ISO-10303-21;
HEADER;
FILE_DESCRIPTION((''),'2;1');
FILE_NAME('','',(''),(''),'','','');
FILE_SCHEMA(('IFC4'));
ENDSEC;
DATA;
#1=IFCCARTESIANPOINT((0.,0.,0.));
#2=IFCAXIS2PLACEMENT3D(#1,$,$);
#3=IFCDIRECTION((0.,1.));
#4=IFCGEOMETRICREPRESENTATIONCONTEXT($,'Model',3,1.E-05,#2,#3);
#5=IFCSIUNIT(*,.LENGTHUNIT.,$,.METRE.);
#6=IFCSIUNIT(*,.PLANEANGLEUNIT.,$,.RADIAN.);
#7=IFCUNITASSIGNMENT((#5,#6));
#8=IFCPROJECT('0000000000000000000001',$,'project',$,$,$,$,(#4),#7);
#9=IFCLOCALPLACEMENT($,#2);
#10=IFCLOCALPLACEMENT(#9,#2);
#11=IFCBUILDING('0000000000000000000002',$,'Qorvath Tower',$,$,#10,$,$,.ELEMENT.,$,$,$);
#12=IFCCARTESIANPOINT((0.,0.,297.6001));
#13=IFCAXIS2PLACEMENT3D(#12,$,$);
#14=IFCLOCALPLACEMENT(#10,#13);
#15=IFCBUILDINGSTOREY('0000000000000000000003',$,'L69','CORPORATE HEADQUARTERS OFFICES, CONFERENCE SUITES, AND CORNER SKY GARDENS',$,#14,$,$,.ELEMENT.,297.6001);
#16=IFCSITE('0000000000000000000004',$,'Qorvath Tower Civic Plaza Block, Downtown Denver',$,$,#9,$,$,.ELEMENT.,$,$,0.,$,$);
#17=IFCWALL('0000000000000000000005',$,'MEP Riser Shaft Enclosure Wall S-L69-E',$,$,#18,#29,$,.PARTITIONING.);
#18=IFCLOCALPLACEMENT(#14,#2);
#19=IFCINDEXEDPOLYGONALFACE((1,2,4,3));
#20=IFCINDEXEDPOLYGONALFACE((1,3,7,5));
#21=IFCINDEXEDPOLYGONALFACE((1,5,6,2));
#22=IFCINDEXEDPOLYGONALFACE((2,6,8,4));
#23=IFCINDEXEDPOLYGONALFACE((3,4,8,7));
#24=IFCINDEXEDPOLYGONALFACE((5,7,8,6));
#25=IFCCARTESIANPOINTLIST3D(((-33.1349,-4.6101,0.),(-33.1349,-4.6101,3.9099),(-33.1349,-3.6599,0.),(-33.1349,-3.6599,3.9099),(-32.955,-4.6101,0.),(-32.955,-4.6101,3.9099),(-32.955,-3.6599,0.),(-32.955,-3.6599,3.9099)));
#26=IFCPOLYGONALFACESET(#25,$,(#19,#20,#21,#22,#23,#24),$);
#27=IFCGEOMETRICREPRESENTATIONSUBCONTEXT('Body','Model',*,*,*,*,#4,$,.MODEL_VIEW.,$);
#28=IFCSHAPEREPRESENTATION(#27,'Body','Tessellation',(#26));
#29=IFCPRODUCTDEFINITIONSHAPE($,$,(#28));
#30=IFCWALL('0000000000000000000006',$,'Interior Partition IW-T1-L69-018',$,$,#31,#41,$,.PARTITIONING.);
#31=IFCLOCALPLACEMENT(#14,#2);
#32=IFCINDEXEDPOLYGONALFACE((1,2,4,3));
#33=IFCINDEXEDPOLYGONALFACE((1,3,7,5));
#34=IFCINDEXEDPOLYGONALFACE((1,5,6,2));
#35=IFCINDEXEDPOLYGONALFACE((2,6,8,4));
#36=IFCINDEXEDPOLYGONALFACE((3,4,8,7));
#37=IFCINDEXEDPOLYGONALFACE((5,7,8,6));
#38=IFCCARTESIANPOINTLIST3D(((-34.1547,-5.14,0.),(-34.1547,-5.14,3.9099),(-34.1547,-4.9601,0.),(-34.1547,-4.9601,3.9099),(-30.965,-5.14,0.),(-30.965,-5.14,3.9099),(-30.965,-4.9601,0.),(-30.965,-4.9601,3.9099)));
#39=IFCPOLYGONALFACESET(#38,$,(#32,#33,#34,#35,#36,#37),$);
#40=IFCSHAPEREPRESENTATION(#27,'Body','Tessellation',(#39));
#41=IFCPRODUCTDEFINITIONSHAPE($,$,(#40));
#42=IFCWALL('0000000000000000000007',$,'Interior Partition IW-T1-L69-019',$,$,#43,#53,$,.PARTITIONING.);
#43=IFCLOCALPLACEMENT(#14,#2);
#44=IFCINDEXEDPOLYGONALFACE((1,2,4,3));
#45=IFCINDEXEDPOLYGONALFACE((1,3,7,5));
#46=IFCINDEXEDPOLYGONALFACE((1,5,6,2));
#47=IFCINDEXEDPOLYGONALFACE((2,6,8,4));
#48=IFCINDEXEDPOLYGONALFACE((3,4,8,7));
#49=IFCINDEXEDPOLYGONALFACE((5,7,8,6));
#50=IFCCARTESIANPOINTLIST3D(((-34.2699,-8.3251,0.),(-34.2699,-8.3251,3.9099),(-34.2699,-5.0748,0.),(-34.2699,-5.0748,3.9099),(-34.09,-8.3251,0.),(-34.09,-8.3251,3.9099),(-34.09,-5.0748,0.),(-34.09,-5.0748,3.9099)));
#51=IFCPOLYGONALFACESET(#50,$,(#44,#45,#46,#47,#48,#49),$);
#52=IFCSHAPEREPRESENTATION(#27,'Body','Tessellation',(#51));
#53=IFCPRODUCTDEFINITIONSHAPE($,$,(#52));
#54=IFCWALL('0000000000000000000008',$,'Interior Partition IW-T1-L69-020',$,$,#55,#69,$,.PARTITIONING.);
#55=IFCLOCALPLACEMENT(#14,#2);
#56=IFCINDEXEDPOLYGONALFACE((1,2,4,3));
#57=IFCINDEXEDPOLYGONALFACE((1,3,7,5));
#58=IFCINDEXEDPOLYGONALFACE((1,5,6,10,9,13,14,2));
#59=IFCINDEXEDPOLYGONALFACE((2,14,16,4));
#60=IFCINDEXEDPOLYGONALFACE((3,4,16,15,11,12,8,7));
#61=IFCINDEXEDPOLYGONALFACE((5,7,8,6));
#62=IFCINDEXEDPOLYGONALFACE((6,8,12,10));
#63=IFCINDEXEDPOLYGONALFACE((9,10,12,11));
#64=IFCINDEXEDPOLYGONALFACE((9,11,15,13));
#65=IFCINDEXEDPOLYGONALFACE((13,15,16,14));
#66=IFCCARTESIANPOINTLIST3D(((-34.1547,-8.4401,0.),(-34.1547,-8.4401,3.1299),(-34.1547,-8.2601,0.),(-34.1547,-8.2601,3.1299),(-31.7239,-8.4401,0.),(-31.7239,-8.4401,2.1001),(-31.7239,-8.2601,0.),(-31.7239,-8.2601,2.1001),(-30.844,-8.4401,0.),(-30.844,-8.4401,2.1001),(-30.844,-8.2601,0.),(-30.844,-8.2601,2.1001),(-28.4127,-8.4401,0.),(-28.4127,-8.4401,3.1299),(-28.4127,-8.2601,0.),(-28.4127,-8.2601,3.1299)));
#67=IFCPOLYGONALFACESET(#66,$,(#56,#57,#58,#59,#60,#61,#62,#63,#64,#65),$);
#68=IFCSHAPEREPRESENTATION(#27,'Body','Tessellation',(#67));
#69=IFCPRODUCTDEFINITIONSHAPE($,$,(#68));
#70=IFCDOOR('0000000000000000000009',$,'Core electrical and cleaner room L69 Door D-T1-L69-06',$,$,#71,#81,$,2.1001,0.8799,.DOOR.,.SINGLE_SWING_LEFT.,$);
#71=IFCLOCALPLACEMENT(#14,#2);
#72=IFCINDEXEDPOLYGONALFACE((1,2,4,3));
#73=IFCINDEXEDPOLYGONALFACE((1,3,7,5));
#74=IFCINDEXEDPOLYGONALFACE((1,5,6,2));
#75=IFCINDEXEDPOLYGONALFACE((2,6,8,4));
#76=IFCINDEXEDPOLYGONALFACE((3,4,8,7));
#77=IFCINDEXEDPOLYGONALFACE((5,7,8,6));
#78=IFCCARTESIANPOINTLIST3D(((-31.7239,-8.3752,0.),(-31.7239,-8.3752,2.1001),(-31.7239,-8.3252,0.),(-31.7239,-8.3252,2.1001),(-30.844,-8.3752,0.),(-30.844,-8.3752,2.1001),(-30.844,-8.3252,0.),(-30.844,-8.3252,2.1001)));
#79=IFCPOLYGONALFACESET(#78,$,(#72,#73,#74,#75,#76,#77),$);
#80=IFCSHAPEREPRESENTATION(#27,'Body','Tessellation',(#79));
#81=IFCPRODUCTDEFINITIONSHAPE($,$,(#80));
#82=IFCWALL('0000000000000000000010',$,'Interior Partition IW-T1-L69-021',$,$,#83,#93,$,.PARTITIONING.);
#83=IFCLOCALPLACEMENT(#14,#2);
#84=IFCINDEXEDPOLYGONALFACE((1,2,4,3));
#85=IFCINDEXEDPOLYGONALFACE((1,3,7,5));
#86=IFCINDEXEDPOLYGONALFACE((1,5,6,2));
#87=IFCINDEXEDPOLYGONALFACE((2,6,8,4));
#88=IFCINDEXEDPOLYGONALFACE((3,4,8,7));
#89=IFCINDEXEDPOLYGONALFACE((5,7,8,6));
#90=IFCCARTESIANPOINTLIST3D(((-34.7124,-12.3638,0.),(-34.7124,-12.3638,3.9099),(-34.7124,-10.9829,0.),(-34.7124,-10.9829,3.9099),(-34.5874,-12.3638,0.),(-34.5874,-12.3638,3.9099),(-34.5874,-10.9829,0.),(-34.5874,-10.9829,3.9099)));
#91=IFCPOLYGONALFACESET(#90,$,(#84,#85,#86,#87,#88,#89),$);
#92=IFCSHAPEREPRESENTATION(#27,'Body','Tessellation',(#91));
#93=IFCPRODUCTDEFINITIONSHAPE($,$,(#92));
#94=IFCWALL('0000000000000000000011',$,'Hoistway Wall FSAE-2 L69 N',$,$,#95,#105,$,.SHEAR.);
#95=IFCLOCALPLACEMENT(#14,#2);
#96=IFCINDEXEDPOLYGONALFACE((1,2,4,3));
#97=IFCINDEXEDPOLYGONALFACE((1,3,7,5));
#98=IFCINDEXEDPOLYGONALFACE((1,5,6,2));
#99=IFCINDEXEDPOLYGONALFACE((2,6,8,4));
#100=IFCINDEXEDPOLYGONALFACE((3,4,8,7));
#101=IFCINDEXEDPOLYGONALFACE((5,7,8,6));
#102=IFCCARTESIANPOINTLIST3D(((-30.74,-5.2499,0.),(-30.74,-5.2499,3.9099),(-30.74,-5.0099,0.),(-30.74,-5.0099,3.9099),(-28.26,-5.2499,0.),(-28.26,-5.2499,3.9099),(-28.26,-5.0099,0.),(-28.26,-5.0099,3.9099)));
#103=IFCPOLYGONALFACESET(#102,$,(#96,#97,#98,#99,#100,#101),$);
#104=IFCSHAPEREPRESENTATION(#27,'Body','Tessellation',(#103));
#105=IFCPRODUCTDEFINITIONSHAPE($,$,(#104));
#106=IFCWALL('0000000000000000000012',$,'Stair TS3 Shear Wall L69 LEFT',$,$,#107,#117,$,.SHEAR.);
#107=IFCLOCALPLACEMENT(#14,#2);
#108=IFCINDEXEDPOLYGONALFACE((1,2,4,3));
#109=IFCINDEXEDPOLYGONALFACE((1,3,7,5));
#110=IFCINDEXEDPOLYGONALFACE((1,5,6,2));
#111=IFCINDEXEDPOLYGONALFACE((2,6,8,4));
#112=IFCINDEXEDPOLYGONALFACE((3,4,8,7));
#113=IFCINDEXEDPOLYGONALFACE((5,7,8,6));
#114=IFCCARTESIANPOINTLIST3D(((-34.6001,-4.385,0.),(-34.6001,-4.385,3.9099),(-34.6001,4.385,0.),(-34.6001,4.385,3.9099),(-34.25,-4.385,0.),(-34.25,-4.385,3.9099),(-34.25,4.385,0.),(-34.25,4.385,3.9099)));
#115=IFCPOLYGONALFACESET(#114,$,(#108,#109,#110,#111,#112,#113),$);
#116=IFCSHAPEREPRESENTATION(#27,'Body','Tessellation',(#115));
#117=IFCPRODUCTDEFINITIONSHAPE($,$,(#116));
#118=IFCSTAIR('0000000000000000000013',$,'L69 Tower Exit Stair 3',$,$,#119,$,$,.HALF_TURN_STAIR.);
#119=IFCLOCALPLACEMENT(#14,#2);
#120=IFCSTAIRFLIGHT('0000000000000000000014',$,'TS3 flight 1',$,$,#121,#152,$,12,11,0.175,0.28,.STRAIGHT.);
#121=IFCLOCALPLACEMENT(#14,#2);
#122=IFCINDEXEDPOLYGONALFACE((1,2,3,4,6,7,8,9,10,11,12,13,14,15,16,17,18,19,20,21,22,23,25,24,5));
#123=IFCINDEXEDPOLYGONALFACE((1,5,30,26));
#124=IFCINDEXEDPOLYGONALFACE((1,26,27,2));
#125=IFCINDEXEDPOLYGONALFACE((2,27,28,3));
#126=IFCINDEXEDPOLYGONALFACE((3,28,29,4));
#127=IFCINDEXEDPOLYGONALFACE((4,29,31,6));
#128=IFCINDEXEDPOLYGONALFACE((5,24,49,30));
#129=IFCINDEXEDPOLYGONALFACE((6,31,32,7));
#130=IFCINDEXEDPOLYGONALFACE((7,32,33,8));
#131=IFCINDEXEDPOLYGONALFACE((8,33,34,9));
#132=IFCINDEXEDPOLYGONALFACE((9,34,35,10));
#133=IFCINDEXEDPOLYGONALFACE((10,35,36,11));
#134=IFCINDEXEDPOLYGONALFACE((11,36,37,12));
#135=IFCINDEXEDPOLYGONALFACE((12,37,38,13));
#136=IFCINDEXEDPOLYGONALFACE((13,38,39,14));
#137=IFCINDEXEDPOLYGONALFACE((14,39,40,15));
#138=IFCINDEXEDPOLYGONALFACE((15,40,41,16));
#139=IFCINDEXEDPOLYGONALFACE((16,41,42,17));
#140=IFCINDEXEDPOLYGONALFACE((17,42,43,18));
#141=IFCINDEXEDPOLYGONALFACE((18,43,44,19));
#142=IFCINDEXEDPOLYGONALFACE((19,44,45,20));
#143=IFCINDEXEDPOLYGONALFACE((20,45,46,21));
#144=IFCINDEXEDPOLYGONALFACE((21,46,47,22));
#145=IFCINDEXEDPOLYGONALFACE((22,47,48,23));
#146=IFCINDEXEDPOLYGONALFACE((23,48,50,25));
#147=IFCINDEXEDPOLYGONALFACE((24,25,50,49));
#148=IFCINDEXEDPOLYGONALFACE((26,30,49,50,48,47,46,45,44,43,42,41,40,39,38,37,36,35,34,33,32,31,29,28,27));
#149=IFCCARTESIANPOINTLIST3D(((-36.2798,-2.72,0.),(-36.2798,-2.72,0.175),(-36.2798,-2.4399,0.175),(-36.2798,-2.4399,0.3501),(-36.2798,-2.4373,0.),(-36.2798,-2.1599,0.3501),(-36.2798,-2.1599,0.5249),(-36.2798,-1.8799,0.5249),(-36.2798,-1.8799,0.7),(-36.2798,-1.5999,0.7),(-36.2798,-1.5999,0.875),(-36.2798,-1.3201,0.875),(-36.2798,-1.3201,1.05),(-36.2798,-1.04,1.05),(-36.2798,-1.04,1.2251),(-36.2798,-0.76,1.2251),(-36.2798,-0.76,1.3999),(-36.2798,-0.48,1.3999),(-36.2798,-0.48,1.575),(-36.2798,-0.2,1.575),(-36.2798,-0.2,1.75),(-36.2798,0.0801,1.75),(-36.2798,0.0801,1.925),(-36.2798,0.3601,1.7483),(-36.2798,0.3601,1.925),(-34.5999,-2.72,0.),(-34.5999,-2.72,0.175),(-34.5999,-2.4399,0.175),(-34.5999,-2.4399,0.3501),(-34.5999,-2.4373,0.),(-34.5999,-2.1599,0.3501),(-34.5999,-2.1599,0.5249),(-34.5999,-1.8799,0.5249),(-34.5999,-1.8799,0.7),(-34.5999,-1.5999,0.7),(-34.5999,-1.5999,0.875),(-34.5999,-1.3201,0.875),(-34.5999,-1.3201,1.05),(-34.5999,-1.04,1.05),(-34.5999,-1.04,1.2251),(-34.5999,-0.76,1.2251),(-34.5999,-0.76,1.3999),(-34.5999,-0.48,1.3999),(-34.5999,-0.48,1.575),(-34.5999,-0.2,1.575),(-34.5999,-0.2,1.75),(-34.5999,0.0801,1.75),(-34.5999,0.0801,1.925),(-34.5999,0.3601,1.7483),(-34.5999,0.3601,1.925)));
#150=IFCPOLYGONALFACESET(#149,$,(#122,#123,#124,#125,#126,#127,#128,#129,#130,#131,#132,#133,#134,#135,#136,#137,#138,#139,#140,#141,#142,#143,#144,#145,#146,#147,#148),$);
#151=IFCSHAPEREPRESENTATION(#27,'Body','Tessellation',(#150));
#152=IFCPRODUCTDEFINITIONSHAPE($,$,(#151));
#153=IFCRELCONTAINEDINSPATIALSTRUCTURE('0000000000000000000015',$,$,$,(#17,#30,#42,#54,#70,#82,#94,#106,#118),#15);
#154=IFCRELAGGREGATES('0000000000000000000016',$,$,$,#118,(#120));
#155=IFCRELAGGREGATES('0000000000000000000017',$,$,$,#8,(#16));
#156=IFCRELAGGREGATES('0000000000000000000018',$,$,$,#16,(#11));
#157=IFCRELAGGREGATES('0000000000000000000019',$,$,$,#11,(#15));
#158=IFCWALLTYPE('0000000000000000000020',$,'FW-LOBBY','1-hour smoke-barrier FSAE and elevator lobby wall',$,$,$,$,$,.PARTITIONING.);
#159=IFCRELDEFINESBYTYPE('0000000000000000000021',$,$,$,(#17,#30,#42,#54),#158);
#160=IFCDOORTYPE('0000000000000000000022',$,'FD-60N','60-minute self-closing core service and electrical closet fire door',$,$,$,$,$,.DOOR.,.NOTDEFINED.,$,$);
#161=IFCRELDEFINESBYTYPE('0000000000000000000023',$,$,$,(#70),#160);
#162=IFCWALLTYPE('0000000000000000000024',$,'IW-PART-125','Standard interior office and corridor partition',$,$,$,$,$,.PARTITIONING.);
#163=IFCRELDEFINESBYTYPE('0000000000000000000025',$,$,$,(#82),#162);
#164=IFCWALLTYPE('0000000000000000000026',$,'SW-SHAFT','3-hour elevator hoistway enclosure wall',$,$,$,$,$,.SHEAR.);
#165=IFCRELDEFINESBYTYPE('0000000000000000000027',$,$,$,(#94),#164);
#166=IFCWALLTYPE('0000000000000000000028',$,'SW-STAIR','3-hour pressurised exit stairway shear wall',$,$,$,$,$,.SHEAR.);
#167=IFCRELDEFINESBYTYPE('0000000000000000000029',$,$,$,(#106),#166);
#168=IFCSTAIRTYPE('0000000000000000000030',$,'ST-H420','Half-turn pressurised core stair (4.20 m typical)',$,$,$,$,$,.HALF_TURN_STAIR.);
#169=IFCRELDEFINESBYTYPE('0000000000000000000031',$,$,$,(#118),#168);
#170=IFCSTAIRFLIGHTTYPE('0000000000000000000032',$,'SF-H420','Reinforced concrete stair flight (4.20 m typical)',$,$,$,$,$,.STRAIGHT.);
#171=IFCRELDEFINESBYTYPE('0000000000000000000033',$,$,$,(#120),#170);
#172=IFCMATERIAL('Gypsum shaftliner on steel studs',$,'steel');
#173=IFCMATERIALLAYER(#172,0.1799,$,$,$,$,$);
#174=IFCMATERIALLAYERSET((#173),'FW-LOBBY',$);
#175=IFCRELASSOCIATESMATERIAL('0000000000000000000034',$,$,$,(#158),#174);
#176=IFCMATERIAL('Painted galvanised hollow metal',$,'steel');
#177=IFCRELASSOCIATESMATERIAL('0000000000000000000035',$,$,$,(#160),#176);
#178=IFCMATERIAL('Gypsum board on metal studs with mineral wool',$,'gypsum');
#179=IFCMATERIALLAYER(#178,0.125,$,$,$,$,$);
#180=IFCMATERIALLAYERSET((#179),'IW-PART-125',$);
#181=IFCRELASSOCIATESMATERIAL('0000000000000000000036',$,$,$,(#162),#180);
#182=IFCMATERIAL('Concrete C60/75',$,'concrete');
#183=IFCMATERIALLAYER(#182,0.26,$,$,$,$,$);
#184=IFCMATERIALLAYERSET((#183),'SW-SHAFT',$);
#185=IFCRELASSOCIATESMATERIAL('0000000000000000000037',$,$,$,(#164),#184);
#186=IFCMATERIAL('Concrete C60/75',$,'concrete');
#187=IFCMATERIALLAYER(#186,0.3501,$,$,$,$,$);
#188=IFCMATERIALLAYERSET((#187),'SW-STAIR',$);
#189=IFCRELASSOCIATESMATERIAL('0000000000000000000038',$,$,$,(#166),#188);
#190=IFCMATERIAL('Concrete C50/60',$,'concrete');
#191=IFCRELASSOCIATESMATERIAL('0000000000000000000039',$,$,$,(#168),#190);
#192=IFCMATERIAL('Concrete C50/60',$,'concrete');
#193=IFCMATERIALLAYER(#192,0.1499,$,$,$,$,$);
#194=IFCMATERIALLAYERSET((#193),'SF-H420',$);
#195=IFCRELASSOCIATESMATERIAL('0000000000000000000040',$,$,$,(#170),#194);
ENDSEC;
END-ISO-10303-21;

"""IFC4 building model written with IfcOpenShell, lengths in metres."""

from ifc_helpers import new_model, si_unit, direction, frame, frame_2d, origin, place, context, subcontext, project, spatial, polyline, rectangle, outline, extrude, material, layer, layer_set, type_object, element, fill, aggregate, save


model = new_model("IFC4")

# Units and contexts
model_context = context("Model", 3, precision=1e-05, world=origin(), true_north=direction((0.0, 1.0)))
body_context = subcontext(model_context, "Body", "Model", "MODEL_VIEW")
ifc_project = project(units=[si_unit("LENGTHUNIT", "METRE"), si_unit("PLANEANGLEUNIT", "RADIAN")], contexts=[model_context])

# Site, building, storey
site_placement = place(None, origin())
site = spatial("IfcSite", under=ifc_project, at=site_placement, Name="Qorvath Tower Civic Plaza Block, Downtown Denver", CompositionType="ELEMENT", RefElevation=0.0)
building_placement = place(site_placement, origin())
building = spatial("IfcBuilding", under=site, at=building_placement, Name="Qorvath Tower", CompositionType="ELEMENT")
storey_placement = place(building_placement, frame((0.0, 0.0, 297.6001)))
storey = spatial("IfcBuildingStorey", under=building, at=storey_placement, Name="L69", Description="CORPORATE HEADQUARTERS OFFICES, CONFERENCE SUITES, AND CORNER SKY GARDENS", CompositionType="ELEMENT", Elevation=297.6001)

# Walls
ifc_material_1 = material(Name="Gypsum shaftliner on steel studs", Category="steel")
ifc_layer_1 = layer(ifc_material_1, 0.1799)
ifc_layer_set_1 = layer_set([ifc_layer_1], Name="FW-LOBBY")
wall_type_1 = type_object("IfcWallType", Name="FW-LOBBY", Description="1-hour smoke-barrier FSAE and elevator lobby wall", PredefinedType="PARTITIONING", material=ifc_layer_set_1)
for number, where, z_axis, x_axis, name in (
    (1, (-33.0449, -3.6599, 0.0), (0.0, 0.0, 1.0), (0.0, -1.0, 0.0), "MEP Riser Shaft Enclosure Wall S-L69-E"),
):
    element("IfcWall", number, at=place(storey_placement, frame(where, z_axis=z_axis, x_axis=x_axis)), inside=storey, type_object=wall_type_1, Name=name, PredefinedType="PARTITIONING", context=body_context, shape_type="SweptSolid", body=[
        extrude(rectangle(XDim=0.9502, YDim=0.1799, at=frame_2d((0.4751, 0.0))), origin(), (0.0, 0.0, 1.0), 3.9099),
    ])
wall_1_placement = place(storey_placement, frame((-30.9651, -5.05, 0.0), z_axis=(0.0, 0.0, 1.0), x_axis=(-1.0, 0.0, 0.0)))
element("IfcWall", 2, at=wall_1_placement, inside=storey, type_object=wall_type_1, Name="Interior Partition IW-T1-L69-018", PredefinedType="PARTITIONING", context=body_context, shape_type="SweptSolid", body=[
    extrude(rectangle(XDim=3.1897, YDim=0.1799, at=frame_2d((1.5947, 0.0))), origin(), (0.0, 0.0, 1.0), 3.9099),
])
wall_2_placement = place(storey_placement, frame((-34.1799, -5.075, 0.0), z_axis=(0.0, 0.0, 1.0), x_axis=(0.0, -1.0, 0.0)))
element("IfcWall", 3, at=wall_2_placement, inside=storey, type_object=wall_type_1, Name="Interior Partition IW-T1-L69-019", PredefinedType="PARTITIONING", context=body_context, shape_type="SweptSolid", body=[
    extrude(rectangle(XDim=3.2502, YDim=0.1799, at=frame_2d((1.625, 0.0))), origin(), (0.0, 0.0, 1.0), 3.9099),
])

# Wall, opening, door
wall_3_placement = place(storey_placement, frame((-34.1548, -8.3501, 0.0), z_axis=(0.0, 0.0, 1.0), x_axis=(1.0, 0.0, 0.0)))
wall_3 = element("IfcWall", 4, at=wall_3_placement, inside=storey, type_object=wall_type_1, Name="Interior Partition IW-T1-L69-020", PredefinedType="PARTITIONING", context=body_context, shape_type="SweptSolid", body=[
    extrude(rectangle(XDim=5.7419, YDim=0.1799, at=frame_2d((2.8711, 0.0))), origin(), (0.0, 0.0, 1.0), 3.1299),
])
opening_placement = place(wall_3_placement, frame((2.4309, 0.0, 0.0)))
opening = element("IfcOpeningElement", 5, at=opening_placement, cuts=wall_3, PredefinedType="OPENING", context=body_context, shape_type="SweptSolid", body=[
    extrude(rectangle(XDim=0.8799, YDim=2.1001, at=frame_2d((0.4399, 1.05))), frame((0.0, 0.1001, 0.0), z_axis=(0.0, -1.0, 0.0), x_axis=(1.0, 0.0, 0.0)), (0.0, 0.0, 1.0), 0.2),
])
ifc_material_2 = material(Name="Painted galvanised hollow metal", Category="steel")
door_type = type_object("IfcDoorType", Name="FD-60N", Description="60-minute self-closing core service and electrical closet fire door", OperationType="NOTDEFINED", PredefinedType="DOOR", material=ifc_material_2)
door_placement = place(opening_placement, origin())
door = element("IfcDoor", 6, at=door_placement, inside=storey, type_object=door_type, Name="Core electrical and cleaner room L69 Door D-T1-L69-06", OperationType="SINGLE_SWING_LEFT", OverallHeight=2.1001, OverallWidth=0.8799, PredefinedType="DOOR", context=body_context, shape_type="SweptSolid", body=[
    extrude(rectangle(XDim=0.8799, YDim=2.1001, at=frame_2d((0.4399, 1.05))), frame((0.0, 0.0249, 0.0), z_axis=(0.0, -1.0, 0.0), x_axis=(1.0, 0.0, 0.0)), (0.0, 0.0, 1.0), 0.05),
])
fill(opening, door)

# Walls
ifc_material_3 = material(Name="Gypsum board on metal studs with mineral wool", Category="gypsum")
ifc_layer_2 = layer(ifc_material_3, 0.125)
ifc_layer_set_2 = layer_set([ifc_layer_2], Name="IW-PART-125")
wall_type_2 = type_object("IfcWallType", Name="IW-PART-125", Description="Standard interior office and corridor partition", PredefinedType="PARTITIONING", material=ifc_layer_set_2)
wall_4_placement = place(storey_placement, frame((-34.6499, -12.3638, 0.0), z_axis=(0.0, 0.0, 1.0), x_axis=(0.0, 1.0, 0.0)))
element("IfcWall", 7, at=wall_4_placement, inside=storey, type_object=wall_type_2, Name="Interior Partition IW-T1-L69-021", PredefinedType="PARTITIONING", context=body_context, shape_type="SweptSolid", body=[
    extrude(rectangle(XDim=1.3809, YDim=0.125, at=frame_2d((0.6904, 0.0))), origin(), (0.0, 0.0, 1.0), 3.9099),
])
ifc_material_4 = material(Name="Concrete C60/75", Category="concrete")
ifc_layer_3 = layer(ifc_material_4, 0.26)
ifc_layer_set_3 = layer_set([ifc_layer_3], Name="SW-SHAFT")
wall_type_3 = type_object("IfcWallType", Name="SW-SHAFT", Description="3-hour elevator hoistway enclosure wall", PredefinedType="SHEAR", material=ifc_layer_set_3)
wall_5_placement = place(storey_placement, frame((-30.74, -5.1299, 0.0), z_axis=(0.0, 0.0, 1.0), x_axis=(1.0, 0.0, 0.0)))
element("IfcWall", 8, at=wall_5_placement, inside=storey, type_object=wall_type_3, Name="Hoistway Wall FSAE-2 L69 N", PredefinedType="SHEAR", context=body_context, shape_type="SweptSolid", body=[
    extrude(rectangle(XDim=2.48, YDim=0.24, at=frame_2d((1.24, 0.0))), origin(), (0.0, 0.0, 1.0), 3.9099),
])
ifc_material_5 = material(Name="Concrete C60/75", Category="concrete")
ifc_layer_4 = layer(ifc_material_5, 0.3501)
ifc_layer_set_4 = layer_set([ifc_layer_4], Name="SW-STAIR")
wall_type_4 = type_object("IfcWallType", Name="SW-STAIR", Description="3-hour pressurised exit stairway shear wall", PredefinedType="SHEAR", material=ifc_layer_set_4)
wall_6_placement = place(storey_placement, frame((-34.425, -4.385, 0.0), z_axis=(0.0, 0.0, 1.0), x_axis=(0.0, 1.0, 0.0)))
element("IfcWall", 9, at=wall_6_placement, inside=storey, type_object=wall_type_4, Name="Stair TS3 Shear Wall L69 LEFT", PredefinedType="SHEAR", context=body_context, shape_type="SweptSolid", body=[
    extrude(rectangle(XDim=8.77, YDim=0.3501, at=frame_2d((4.385, 0.0))), origin(), (0.0, 0.0, 1.0), 3.9099),
])

# Stair, stair flight
ifc_material_6 = material(Name="Concrete C50/60", Category="concrete")
stair_type = type_object("IfcStairType", Name="ST-H420", Description="Half-turn pressurised core stair (4.20 m typical)", PredefinedType="HALF_TURN_STAIR", material=ifc_material_6)
stair_placement = place(storey_placement, origin())
stair = element("IfcStair", 10, at=stair_placement, inside=storey, type_object=stair_type, Name="L69 Tower Exit Stair 3", PredefinedType="HALF_TURN_STAIR")
ifc_material_7 = material(Name="Concrete C50/60", Category="concrete")
ifc_layer_5 = layer(ifc_material_7, 0.1499)
ifc_layer_set_5 = layer_set([ifc_layer_5], Name="SF-H420")
stair_flight_type = type_object("IfcStairFlightType", Name="SF-H420", Description="Reinforced concrete stair flight (4.20 m typical)", PredefinedType="STRAIGHT", material=ifc_layer_set_5)
stair_flight_placement = place(storey_placement, frame((-35.4399, -2.72, 0.0), z_axis=(0.0, 0.0, 1.0), x_axis=(0.0, 1.0, 0.0)))
stair_flight = element("IfcStairFlight", 11, at=stair_flight_placement, type_object=stair_flight_type, Name="TS3 flight 1", NumberOfRisers=12, NumberOfTreads=11, PredefinedType="STRAIGHT", RiserHeight=0.175, TreadLength=0.28, context=body_context, shape_type="SweptSolid", body=[
    extrude(outline(polyline([(0.0, 0.0), (0.0, 0.175), (0.28, 0.175), (0.28, 0.3501), (0.5601, 0.3501), (0.5601, 0.5249), (0.8401, 0.5249), (0.8401, 0.7), (1.1201, 0.7), (1.1201, 0.875), (1.3999, 0.875), (1.3999, 1.05), (1.6799, 1.05), (1.6799, 1.2251), (1.96, 1.2251), (1.96, 1.3999), (2.24, 1.3999), (2.24, 1.575), (2.52, 1.575), (2.52, 1.75), (2.8, 1.75), (2.8, 1.925), (3.0801, 1.925), (3.0801, 2.1001), (3.0801, 1.7483), (0.2827, 0.0), (0.0, 0.0)])), frame((0.0, 0.8398, 0.0), z_axis=(0.0, -1.0, 0.0), x_axis=(1.0, 0.0, 0.0)), (0.0, 0.0, 1.0), 1.6799),
])
aggregate(stair, [stair_flight])

save(model, "model.ifc")
